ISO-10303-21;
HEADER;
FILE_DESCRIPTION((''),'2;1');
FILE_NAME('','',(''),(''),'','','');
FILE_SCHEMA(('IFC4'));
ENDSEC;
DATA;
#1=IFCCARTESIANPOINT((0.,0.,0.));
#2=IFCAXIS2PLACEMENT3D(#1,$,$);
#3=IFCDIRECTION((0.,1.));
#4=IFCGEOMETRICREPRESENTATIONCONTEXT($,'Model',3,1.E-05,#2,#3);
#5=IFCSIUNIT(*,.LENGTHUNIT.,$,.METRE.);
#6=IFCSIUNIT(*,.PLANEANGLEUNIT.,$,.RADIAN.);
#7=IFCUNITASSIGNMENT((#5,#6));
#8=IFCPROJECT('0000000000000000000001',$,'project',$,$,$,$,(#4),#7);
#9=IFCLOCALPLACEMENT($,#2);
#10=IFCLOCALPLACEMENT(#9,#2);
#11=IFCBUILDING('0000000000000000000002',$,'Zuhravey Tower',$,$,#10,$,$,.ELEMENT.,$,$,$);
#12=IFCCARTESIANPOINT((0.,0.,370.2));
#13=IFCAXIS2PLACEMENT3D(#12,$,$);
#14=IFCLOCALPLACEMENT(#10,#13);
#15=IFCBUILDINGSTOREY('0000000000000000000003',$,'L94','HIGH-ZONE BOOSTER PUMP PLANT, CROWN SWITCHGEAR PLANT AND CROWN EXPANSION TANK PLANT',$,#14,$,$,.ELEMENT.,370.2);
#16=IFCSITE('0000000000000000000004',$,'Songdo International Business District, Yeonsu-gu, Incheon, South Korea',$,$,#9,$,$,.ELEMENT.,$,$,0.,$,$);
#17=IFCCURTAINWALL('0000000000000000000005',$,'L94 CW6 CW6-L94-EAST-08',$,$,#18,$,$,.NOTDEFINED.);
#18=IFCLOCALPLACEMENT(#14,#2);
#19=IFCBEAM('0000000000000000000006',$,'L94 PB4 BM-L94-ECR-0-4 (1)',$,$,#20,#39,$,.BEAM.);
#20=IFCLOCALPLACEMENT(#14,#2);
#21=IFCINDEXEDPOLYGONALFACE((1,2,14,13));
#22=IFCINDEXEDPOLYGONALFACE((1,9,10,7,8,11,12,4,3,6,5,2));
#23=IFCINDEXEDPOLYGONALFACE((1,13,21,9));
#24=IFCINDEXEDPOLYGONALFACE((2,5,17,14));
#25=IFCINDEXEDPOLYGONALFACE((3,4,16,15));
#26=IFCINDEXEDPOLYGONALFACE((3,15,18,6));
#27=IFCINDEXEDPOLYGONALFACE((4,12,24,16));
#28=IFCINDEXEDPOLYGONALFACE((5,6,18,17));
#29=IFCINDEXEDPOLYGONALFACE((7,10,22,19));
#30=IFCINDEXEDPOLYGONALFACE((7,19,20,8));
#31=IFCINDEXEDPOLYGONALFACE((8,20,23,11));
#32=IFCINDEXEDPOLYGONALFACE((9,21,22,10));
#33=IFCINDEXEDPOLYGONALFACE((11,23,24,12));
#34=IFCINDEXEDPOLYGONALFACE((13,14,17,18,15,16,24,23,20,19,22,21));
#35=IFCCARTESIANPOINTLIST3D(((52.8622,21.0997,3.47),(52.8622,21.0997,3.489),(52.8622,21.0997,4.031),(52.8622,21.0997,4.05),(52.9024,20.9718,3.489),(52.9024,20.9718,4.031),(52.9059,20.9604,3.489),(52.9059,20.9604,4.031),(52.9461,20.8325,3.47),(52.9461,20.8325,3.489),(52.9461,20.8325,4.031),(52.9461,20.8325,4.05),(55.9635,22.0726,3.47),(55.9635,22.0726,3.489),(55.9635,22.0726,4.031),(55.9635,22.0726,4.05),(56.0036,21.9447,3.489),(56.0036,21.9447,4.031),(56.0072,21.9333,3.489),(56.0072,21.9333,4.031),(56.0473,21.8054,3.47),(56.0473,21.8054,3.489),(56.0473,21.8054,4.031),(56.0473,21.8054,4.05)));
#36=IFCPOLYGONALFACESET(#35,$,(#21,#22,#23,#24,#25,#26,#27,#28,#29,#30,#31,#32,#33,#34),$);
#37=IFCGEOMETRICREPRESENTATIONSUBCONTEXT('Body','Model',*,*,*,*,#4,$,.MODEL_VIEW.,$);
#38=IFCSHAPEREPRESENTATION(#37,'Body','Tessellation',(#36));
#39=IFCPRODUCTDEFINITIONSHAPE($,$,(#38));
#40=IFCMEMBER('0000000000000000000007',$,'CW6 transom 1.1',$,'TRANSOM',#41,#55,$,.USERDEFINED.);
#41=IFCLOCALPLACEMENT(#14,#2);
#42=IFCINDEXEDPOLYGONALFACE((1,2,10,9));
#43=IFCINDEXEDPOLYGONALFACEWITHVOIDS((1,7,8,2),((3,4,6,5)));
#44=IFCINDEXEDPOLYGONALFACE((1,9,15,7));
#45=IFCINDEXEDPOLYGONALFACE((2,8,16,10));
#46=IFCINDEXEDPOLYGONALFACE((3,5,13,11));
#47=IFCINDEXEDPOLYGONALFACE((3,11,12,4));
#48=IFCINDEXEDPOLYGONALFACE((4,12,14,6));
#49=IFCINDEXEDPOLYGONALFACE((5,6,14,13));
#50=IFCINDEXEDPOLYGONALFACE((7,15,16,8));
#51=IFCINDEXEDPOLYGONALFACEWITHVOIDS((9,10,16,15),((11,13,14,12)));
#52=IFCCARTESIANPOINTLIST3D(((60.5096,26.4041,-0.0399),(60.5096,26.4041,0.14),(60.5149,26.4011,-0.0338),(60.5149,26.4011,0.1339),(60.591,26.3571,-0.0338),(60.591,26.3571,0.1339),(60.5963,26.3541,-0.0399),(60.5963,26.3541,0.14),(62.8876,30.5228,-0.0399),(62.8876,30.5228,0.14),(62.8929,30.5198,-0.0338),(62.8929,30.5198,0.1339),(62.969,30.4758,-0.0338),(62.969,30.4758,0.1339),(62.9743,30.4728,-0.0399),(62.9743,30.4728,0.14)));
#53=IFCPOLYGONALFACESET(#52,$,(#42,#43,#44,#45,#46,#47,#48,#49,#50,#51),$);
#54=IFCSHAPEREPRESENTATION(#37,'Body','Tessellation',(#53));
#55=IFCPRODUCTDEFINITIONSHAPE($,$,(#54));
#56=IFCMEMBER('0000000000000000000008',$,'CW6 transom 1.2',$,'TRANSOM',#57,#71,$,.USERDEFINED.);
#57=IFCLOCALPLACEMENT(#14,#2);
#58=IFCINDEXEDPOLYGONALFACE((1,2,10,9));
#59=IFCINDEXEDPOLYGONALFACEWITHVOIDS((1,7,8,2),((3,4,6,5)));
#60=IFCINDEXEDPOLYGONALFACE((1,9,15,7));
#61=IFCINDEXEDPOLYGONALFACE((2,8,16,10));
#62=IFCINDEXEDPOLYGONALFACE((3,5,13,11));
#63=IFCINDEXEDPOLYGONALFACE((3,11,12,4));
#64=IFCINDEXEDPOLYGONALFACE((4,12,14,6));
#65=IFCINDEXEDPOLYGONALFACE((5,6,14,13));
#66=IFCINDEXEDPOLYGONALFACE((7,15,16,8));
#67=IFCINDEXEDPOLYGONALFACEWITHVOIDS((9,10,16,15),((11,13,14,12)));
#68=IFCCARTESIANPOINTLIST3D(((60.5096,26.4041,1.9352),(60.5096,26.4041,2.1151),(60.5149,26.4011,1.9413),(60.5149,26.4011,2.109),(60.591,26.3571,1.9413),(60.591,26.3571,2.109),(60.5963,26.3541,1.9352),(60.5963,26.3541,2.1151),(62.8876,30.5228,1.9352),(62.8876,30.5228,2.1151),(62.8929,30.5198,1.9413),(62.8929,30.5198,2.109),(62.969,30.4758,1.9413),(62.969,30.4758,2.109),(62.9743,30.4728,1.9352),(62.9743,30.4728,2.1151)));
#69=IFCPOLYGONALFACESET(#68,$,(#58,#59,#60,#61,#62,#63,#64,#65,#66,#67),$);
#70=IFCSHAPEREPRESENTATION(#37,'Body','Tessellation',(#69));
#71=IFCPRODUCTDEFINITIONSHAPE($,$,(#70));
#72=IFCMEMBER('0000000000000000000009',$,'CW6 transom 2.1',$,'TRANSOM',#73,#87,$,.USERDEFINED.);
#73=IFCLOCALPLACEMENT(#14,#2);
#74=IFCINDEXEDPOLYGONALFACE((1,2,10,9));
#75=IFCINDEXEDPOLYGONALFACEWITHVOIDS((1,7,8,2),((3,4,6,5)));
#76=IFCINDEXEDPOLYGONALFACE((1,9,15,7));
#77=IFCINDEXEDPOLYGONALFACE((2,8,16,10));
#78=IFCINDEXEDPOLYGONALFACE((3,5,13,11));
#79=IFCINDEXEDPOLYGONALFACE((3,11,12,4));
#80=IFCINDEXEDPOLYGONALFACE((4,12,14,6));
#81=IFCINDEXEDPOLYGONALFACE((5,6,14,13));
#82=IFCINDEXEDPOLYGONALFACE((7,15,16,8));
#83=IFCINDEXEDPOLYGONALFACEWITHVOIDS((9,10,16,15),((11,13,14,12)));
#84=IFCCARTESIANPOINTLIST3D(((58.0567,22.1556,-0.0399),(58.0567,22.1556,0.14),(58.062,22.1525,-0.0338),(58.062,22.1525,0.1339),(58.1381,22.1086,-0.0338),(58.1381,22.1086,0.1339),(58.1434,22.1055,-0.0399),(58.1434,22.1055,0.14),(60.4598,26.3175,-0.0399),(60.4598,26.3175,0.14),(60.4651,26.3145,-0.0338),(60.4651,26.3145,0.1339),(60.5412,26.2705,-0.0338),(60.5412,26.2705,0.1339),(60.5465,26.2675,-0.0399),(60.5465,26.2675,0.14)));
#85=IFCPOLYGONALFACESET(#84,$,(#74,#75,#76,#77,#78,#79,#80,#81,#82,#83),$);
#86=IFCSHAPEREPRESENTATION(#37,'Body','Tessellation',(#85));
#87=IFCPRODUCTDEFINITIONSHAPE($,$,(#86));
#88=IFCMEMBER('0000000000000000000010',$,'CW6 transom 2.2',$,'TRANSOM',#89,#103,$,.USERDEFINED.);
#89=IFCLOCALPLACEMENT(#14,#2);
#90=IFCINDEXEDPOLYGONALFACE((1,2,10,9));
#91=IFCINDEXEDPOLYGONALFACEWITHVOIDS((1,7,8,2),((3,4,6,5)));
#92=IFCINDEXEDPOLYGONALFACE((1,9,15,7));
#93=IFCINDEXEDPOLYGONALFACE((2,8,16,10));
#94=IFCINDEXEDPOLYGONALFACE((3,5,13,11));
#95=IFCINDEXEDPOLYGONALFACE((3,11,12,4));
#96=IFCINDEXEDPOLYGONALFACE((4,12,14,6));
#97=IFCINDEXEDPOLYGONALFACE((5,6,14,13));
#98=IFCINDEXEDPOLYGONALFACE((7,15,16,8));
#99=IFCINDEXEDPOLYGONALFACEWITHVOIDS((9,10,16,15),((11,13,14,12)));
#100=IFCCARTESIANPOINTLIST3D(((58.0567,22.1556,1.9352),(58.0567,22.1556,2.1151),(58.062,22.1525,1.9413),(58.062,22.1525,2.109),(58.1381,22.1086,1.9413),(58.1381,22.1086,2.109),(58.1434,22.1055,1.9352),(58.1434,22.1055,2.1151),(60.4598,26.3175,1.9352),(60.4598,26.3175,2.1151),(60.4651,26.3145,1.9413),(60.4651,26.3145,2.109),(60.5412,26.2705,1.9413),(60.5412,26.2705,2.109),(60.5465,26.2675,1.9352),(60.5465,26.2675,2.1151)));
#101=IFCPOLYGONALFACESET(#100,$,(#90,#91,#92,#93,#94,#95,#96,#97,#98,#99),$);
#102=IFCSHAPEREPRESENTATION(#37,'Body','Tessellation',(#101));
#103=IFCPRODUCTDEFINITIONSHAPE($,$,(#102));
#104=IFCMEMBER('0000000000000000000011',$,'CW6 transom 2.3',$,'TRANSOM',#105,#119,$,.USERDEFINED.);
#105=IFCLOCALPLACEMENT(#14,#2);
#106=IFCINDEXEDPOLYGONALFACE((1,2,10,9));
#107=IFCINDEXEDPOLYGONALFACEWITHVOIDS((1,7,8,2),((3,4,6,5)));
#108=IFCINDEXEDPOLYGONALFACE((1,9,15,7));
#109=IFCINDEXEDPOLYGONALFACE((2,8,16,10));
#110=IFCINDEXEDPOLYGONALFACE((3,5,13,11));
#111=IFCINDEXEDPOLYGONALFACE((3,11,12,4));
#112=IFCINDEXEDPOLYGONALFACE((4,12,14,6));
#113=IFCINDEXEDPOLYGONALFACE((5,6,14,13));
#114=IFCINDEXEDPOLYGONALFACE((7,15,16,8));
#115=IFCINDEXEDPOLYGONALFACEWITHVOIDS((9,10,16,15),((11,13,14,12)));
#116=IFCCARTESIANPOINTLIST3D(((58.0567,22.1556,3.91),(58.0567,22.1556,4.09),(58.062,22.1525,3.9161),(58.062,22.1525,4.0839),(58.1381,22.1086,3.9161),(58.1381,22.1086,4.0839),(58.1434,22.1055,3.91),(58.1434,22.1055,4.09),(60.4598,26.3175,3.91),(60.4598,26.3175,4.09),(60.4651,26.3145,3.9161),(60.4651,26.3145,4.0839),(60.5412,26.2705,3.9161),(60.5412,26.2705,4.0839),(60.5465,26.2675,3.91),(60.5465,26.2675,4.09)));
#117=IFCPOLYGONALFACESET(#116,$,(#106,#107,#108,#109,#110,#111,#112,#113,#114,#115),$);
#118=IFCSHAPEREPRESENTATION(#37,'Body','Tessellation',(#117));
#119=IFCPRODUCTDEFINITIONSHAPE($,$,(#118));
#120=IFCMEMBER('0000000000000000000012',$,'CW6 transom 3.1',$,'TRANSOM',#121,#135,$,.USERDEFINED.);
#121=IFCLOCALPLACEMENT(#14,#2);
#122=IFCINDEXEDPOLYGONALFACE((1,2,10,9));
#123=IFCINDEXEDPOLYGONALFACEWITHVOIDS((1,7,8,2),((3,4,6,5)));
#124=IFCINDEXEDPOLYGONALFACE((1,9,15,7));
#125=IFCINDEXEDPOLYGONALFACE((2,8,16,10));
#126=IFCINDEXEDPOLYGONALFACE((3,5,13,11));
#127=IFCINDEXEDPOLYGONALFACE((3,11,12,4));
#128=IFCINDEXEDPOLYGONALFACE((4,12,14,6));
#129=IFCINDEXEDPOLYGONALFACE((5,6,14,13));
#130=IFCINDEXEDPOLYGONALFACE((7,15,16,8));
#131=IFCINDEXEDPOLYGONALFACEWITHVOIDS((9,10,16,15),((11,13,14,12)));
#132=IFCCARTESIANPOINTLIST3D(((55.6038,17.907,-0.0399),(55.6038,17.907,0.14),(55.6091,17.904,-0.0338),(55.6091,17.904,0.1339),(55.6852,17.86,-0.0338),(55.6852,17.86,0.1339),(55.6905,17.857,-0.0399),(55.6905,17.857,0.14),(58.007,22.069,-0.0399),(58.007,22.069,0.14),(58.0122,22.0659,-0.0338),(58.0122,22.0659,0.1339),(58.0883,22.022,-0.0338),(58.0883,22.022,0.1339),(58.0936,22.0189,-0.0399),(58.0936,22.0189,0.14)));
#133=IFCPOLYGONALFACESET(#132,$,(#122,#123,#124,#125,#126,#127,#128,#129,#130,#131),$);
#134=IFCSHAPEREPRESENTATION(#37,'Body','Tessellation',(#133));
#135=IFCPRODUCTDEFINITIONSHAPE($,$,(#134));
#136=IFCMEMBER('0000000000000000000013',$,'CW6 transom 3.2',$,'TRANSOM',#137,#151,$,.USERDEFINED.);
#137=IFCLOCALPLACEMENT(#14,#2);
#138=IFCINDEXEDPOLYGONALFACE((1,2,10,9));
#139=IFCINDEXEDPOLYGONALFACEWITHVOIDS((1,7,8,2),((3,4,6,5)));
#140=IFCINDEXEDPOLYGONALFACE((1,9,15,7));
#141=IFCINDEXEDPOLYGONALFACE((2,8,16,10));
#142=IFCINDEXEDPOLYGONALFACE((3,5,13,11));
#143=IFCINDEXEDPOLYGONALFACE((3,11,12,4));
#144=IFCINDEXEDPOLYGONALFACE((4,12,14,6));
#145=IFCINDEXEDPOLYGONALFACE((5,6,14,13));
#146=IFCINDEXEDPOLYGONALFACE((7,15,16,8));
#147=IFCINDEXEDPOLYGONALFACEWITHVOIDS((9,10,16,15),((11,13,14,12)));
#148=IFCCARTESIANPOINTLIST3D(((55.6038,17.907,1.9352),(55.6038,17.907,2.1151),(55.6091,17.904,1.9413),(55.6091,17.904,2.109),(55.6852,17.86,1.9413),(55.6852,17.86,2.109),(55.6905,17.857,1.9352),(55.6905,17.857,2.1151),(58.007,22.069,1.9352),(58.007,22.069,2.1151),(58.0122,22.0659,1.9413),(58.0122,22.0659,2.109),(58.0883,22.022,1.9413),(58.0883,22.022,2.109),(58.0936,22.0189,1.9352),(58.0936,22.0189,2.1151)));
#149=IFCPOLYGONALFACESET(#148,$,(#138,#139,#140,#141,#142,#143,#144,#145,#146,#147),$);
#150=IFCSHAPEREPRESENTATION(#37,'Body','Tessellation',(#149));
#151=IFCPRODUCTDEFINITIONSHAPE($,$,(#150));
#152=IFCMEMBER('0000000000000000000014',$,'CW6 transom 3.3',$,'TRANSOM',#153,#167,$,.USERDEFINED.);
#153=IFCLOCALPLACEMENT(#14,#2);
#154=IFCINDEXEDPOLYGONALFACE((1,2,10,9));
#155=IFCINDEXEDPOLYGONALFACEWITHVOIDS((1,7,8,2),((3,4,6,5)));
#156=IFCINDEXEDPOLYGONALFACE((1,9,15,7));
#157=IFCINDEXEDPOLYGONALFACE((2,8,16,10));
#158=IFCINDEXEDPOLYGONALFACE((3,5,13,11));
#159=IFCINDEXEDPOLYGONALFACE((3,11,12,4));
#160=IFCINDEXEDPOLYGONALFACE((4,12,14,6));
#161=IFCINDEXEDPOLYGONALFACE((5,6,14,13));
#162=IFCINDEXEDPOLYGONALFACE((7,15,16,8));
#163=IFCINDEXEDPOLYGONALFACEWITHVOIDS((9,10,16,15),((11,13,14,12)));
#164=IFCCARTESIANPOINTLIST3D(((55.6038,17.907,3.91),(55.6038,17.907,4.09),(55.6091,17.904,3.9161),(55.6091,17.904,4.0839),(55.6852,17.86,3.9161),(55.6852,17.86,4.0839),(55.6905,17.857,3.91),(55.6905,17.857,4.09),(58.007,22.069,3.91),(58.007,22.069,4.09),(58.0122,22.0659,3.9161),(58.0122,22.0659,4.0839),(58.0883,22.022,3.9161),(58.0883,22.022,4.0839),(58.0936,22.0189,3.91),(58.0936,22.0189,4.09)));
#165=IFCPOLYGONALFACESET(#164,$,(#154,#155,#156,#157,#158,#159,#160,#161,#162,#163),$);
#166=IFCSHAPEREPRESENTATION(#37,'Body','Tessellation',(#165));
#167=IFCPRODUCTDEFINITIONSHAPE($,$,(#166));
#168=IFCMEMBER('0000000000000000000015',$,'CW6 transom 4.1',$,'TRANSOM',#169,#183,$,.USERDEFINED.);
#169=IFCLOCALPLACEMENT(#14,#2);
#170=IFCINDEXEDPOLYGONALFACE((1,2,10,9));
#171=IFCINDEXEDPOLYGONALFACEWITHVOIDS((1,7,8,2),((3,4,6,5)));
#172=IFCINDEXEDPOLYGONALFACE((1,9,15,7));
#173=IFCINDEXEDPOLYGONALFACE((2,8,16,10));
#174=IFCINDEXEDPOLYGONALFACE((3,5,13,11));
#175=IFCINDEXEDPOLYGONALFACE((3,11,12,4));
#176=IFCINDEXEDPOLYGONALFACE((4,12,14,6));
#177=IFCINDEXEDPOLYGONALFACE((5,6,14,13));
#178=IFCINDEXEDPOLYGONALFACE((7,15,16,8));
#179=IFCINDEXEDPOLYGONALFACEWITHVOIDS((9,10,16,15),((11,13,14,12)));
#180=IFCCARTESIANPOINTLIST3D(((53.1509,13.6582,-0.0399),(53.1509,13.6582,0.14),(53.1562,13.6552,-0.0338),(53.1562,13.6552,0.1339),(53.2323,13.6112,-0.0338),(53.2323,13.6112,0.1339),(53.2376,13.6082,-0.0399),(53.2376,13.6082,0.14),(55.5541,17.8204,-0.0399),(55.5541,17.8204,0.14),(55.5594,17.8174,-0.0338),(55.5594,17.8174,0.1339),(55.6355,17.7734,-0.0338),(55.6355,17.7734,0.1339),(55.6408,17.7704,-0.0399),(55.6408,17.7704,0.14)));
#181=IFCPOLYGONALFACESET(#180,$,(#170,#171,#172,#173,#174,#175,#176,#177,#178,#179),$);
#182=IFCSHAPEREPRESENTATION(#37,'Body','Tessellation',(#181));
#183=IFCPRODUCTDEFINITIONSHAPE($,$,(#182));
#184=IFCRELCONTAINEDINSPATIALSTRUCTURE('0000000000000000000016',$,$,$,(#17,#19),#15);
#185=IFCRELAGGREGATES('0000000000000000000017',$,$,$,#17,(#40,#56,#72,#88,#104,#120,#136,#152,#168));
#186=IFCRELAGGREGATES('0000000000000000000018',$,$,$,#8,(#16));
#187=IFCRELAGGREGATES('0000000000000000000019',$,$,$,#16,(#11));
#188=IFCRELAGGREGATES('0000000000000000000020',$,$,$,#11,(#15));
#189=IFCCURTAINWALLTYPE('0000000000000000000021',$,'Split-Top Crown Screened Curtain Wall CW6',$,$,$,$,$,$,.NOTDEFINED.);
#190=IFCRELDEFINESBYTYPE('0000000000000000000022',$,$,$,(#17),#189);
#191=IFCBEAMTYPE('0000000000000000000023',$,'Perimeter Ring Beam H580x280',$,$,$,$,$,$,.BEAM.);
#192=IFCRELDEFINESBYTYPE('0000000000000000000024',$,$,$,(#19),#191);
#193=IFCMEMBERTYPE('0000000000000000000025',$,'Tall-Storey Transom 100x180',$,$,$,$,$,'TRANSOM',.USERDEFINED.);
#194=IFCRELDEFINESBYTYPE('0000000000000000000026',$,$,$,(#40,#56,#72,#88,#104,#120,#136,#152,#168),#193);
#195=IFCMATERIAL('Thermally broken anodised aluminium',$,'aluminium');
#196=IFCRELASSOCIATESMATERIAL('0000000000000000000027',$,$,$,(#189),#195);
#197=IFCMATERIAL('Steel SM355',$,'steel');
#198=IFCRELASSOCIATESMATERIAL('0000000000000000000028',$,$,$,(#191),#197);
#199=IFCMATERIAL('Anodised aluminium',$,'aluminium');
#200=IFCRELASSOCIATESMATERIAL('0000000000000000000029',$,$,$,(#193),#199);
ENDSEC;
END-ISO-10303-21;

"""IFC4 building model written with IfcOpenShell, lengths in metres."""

from ifc_helpers import new_model, si_unit, direction, frame, origin, origin_2d, place, context, subcontext, project, spatial, hollow_rectangle, i_section, extrude, material, material_profile, profile_set, type_object, element, aggregate, save


model = new_model("IFC4")

# Units and contexts
model_context = context("Model", 3, precision=1e-05, world=origin(), true_north=direction((0.0, 1.0)))
body_context = subcontext(model_context, "Body", "Model", "MODEL_VIEW")
ifc_project = project(units=[si_unit("LENGTHUNIT", "METRE"), si_unit("PLANEANGLEUNIT", "RADIAN")], contexts=[model_context])

# Site, building, storey
site_placement = place(None, origin())
site = spatial("IfcSite", under=ifc_project, at=site_placement, Name="Songdo International Business District, Yeonsu-gu, Incheon, South Korea", CompositionType="ELEMENT", RefElevation=0.0)
building_placement = place(site_placement, origin())
building = spatial("IfcBuilding", under=site, at=building_placement, Name="Zuhravey Tower", CompositionType="ELEMENT")
storey_placement = place(building_placement, frame((0.0, 0.0, 370.2)))
storey = spatial("IfcBuildingStorey", under=building, at=storey_placement, Name="L94", Description="HIGH-ZONE BOOSTER PUMP PLANT, CROWN SWITCHGEAR PLANT AND CROWN EXPANSION TANK PLANT", CompositionType="ELEMENT", Elevation=370.2)

# Shared definitions
ifc_material_1 = material(Name="Steel SM355", Category="steel")

# Curtain wall
ifc_material_2 = material(Name="Thermally broken anodised aluminium", Category="aluminium")
curtain_wall_type = type_object("IfcCurtainWallType", Name="Split-Top Crown Screened Curtain Wall CW6", PredefinedType="NOTDEFINED", material=ifc_material_2)
curtain_wall_placement = place(storey_placement, origin())
curtain_wall = element("IfcCurtainWall", 1, at=curtain_wall_placement, inside=storey, type_object=curtain_wall_type, Name="L94 CW6 CW6-L94-EAST-08", PredefinedType="NOTDEFINED")
ifc_material_3 = material(Name="Anodised aluminium", Category="aluminium")

# Beam
ifc_material_profile_1 = material_profile(ifc_material_1, i_section(OverallWidth=0.28, OverallDepth=0.5801, WebThickness=0.012, FlangeThickness=0.019, at=origin_2d()), Name="H-580x280x12x19")
ifc_profile_set_1 = profile_set([ifc_material_profile_1], Name="Steel SM355")
beam_type = type_object("IfcBeamType", Name="Perimeter Ring Beam H580x280", PredefinedType="BEAM", material=ifc_profile_set_1)
beam_1_placement = place(storey_placement, frame((56.0054, 21.939, 3.76), z_axis=(-0.954152, -0.299323, 0.0), x_axis=(0.299323, -0.954152, 0.0)))
element("IfcBeam", 2, at=beam_1_placement, inside=storey, type_object=beam_type, Name="L94 PB4 BM-L94-ECR-0-4 (1)", PredefinedType="BEAM", context=body_context, shape_type="SweptSolid", body=[
    extrude(i_section(OverallWidth=0.28, OverallDepth=0.5801, WebThickness=0.012, FlangeThickness=0.019, at=origin_2d()), origin(), (0.0, 0.0, 1.0), 3.2502),
])

# Members
ifc_material_profile_2 = material_profile(ifc_material_3, hollow_rectangle(XDim=0.1001, YDim=0.1799, WallThickness=0.0061, at=origin_2d()), Name="ALU-RHS-100x180x6")
ifc_profile_set_2 = profile_set([ifc_material_profile_2], Name="Anodised aluminium")
member_type_1 = type_object("IfcMemberType", Name="Tall-Storey Transom 100x180", ElementType="TRANSOM", PredefinedType="USERDEFINED", material=ifc_profile_set_2)
member_1_placement = place(storey_placement, frame((62.9309, 30.4978, 0.05), z_axis=(-0.500004, -0.866023, 0.0), x_axis=(0.866023, -0.500004, 0.0)))
member_1 = element("IfcMember", 3, at=member_1_placement, type_object=member_type_1, Name="CW6 transom 1.1", ObjectType="TRANSOM", PredefinedType="USERDEFINED", context=body_context, shape_type="SweptSolid", body=[
    extrude(hollow_rectangle(XDim=0.1001, YDim=0.1799, WallThickness=0.0061, at=origin_2d()), origin(), (0.0, 0.0, 1.0), 4.7559),
])
member_2_placement = place(storey_placement, frame((62.9309, 30.4978, 2.0251), z_axis=(-0.500004, -0.866023, 0.0), x_axis=(0.866023, -0.500004, 0.0)))
member_2 = element("IfcMember", 4, at=member_2_placement, type_object=member_type_1, Name="CW6 transom 1.2", ObjectType="TRANSOM", PredefinedType="USERDEFINED", context=body_context, shape_type="SweptSolid", body=[
    extrude(hollow_rectangle(XDim=0.1001, YDim=0.1799, WallThickness=0.0061, at=origin_2d()), origin(), (0.0, 0.0, 1.0), 4.7559),
])
member_3_placement = place(storey_placement, frame((60.5032, 26.2925, 0.05), z_axis=(-0.500035, -0.866005, 0.0), x_axis=(0.866005, -0.500035, 0.0)))
member_3 = element("IfcMember", 5, at=member_3_placement, type_object=member_type_1, Name="CW6 transom 2.1", ObjectType="TRANSOM", PredefinedType="USERDEFINED", context=body_context, shape_type="SweptSolid", body=[
    extrude(hollow_rectangle(XDim=0.1001, YDim=0.1799, WallThickness=0.0061, at=origin_2d()), origin(), (0.0, 0.0, 1.0), 4.8059),
])
member_4_placement = place(storey_placement, frame((60.5032, 26.2925, 2.0251), z_axis=(-0.500035, -0.866005, 0.0), x_axis=(0.866005, -0.500035, 0.0)))
member_4 = element("IfcMember", 6, at=member_4_placement, type_object=member_type_1, Name="CW6 transom 2.2", ObjectType="TRANSOM", PredefinedType="USERDEFINED", context=body_context, shape_type="SweptSolid", body=[
    extrude(hollow_rectangle(XDim=0.1001, YDim=0.1799, WallThickness=0.0061, at=origin_2d()), origin(), (0.0, 0.0, 1.0), 4.8059),
])
member_5_placement = place(storey_placement, frame((60.5032, 26.2925, 4.0), z_axis=(-0.500035, -0.866005, 0.0), x_axis=(0.866005, -0.500035, 0.0)))
member_5 = element("IfcMember", 7, at=member_5_placement, type_object=member_type_1, Name="CW6 transom 2.3", ObjectType="TRANSOM", PredefinedType="USERDEFINED", context=body_context, shape_type="SweptSolid", body=[
    extrude(hollow_rectangle(XDim=0.1001, YDim=0.1799, WallThickness=0.0061, at=origin_2d()), origin(), (0.0, 0.0, 1.0), 4.8059),
])
member_6_placement = place(storey_placement, frame((58.0503, 22.0439, 0.05), z_axis=(-0.500035, -0.866005, 0.0), x_axis=(0.866005, -0.500035, 0.0)))
member_6 = element("IfcMember", 8, at=member_6_placement, type_object=member_type_1, Name="CW6 transom 3.1", ObjectType="TRANSOM", PredefinedType="USERDEFINED", context=body_context, shape_type="SweptSolid", body=[
    extrude(hollow_rectangle(XDim=0.1001, YDim=0.1799, WallThickness=0.0061, at=origin_2d()), origin(), (0.0, 0.0, 1.0), 4.8059),
])
member_7_placement = place(storey_placement, frame((58.0503, 22.0439, 2.0251), z_axis=(-0.500035, -0.866005, 0.0), x_axis=(0.866005, -0.500035, 0.0)))
member_7 = element("IfcMember", 9, at=member_7_placement, type_object=member_type_1, Name="CW6 transom 3.2", ObjectType="TRANSOM", PredefinedType="USERDEFINED", context=body_context, shape_type="SweptSolid", body=[
    extrude(hollow_rectangle(XDim=0.1001, YDim=0.1799, WallThickness=0.0061, at=origin_2d()), origin(), (0.0, 0.0, 1.0), 4.8059),
])
member_8_placement = place(storey_placement, frame((58.0503, 22.0439, 4.0), z_axis=(-0.500035, -0.866005, 0.0), x_axis=(0.866005, -0.500035, 0.0)))
member_8 = element("IfcMember", 10, at=member_8_placement, type_object=member_type_1, Name="CW6 transom 3.3", ObjectType="TRANSOM", PredefinedType="USERDEFINED", context=body_context, shape_type="SweptSolid", body=[
    extrude(hollow_rectangle(XDim=0.1001, YDim=0.1799, WallThickness=0.0061, at=origin_2d()), origin(), (0.0, 0.0, 1.0), 4.8059),
])
member_9_placement = place(storey_placement, frame((55.5974, 17.7954, 0.05), z_axis=(-0.500013, -0.866018, 0.0), x_axis=(0.866018, -0.500013, 0.0)))
member_9 = element("IfcMember", 11, at=member_9_placement, type_object=member_type_1, Name="CW6 transom 4.1", ObjectType="TRANSOM", PredefinedType="USERDEFINED", context=body_context, shape_type="SweptSolid", body=[
    extrude(hollow_rectangle(XDim=0.1001, YDim=0.1799, WallThickness=0.0061, at=origin_2d()), origin(), (0.0, 0.0, 1.0), 4.8062),
])

aggregate(curtain_wall, [member_1, member_2, member_3, member_4, member_5, member_6, member_7, member_8, member_9])

save(model, "model.ifc")
